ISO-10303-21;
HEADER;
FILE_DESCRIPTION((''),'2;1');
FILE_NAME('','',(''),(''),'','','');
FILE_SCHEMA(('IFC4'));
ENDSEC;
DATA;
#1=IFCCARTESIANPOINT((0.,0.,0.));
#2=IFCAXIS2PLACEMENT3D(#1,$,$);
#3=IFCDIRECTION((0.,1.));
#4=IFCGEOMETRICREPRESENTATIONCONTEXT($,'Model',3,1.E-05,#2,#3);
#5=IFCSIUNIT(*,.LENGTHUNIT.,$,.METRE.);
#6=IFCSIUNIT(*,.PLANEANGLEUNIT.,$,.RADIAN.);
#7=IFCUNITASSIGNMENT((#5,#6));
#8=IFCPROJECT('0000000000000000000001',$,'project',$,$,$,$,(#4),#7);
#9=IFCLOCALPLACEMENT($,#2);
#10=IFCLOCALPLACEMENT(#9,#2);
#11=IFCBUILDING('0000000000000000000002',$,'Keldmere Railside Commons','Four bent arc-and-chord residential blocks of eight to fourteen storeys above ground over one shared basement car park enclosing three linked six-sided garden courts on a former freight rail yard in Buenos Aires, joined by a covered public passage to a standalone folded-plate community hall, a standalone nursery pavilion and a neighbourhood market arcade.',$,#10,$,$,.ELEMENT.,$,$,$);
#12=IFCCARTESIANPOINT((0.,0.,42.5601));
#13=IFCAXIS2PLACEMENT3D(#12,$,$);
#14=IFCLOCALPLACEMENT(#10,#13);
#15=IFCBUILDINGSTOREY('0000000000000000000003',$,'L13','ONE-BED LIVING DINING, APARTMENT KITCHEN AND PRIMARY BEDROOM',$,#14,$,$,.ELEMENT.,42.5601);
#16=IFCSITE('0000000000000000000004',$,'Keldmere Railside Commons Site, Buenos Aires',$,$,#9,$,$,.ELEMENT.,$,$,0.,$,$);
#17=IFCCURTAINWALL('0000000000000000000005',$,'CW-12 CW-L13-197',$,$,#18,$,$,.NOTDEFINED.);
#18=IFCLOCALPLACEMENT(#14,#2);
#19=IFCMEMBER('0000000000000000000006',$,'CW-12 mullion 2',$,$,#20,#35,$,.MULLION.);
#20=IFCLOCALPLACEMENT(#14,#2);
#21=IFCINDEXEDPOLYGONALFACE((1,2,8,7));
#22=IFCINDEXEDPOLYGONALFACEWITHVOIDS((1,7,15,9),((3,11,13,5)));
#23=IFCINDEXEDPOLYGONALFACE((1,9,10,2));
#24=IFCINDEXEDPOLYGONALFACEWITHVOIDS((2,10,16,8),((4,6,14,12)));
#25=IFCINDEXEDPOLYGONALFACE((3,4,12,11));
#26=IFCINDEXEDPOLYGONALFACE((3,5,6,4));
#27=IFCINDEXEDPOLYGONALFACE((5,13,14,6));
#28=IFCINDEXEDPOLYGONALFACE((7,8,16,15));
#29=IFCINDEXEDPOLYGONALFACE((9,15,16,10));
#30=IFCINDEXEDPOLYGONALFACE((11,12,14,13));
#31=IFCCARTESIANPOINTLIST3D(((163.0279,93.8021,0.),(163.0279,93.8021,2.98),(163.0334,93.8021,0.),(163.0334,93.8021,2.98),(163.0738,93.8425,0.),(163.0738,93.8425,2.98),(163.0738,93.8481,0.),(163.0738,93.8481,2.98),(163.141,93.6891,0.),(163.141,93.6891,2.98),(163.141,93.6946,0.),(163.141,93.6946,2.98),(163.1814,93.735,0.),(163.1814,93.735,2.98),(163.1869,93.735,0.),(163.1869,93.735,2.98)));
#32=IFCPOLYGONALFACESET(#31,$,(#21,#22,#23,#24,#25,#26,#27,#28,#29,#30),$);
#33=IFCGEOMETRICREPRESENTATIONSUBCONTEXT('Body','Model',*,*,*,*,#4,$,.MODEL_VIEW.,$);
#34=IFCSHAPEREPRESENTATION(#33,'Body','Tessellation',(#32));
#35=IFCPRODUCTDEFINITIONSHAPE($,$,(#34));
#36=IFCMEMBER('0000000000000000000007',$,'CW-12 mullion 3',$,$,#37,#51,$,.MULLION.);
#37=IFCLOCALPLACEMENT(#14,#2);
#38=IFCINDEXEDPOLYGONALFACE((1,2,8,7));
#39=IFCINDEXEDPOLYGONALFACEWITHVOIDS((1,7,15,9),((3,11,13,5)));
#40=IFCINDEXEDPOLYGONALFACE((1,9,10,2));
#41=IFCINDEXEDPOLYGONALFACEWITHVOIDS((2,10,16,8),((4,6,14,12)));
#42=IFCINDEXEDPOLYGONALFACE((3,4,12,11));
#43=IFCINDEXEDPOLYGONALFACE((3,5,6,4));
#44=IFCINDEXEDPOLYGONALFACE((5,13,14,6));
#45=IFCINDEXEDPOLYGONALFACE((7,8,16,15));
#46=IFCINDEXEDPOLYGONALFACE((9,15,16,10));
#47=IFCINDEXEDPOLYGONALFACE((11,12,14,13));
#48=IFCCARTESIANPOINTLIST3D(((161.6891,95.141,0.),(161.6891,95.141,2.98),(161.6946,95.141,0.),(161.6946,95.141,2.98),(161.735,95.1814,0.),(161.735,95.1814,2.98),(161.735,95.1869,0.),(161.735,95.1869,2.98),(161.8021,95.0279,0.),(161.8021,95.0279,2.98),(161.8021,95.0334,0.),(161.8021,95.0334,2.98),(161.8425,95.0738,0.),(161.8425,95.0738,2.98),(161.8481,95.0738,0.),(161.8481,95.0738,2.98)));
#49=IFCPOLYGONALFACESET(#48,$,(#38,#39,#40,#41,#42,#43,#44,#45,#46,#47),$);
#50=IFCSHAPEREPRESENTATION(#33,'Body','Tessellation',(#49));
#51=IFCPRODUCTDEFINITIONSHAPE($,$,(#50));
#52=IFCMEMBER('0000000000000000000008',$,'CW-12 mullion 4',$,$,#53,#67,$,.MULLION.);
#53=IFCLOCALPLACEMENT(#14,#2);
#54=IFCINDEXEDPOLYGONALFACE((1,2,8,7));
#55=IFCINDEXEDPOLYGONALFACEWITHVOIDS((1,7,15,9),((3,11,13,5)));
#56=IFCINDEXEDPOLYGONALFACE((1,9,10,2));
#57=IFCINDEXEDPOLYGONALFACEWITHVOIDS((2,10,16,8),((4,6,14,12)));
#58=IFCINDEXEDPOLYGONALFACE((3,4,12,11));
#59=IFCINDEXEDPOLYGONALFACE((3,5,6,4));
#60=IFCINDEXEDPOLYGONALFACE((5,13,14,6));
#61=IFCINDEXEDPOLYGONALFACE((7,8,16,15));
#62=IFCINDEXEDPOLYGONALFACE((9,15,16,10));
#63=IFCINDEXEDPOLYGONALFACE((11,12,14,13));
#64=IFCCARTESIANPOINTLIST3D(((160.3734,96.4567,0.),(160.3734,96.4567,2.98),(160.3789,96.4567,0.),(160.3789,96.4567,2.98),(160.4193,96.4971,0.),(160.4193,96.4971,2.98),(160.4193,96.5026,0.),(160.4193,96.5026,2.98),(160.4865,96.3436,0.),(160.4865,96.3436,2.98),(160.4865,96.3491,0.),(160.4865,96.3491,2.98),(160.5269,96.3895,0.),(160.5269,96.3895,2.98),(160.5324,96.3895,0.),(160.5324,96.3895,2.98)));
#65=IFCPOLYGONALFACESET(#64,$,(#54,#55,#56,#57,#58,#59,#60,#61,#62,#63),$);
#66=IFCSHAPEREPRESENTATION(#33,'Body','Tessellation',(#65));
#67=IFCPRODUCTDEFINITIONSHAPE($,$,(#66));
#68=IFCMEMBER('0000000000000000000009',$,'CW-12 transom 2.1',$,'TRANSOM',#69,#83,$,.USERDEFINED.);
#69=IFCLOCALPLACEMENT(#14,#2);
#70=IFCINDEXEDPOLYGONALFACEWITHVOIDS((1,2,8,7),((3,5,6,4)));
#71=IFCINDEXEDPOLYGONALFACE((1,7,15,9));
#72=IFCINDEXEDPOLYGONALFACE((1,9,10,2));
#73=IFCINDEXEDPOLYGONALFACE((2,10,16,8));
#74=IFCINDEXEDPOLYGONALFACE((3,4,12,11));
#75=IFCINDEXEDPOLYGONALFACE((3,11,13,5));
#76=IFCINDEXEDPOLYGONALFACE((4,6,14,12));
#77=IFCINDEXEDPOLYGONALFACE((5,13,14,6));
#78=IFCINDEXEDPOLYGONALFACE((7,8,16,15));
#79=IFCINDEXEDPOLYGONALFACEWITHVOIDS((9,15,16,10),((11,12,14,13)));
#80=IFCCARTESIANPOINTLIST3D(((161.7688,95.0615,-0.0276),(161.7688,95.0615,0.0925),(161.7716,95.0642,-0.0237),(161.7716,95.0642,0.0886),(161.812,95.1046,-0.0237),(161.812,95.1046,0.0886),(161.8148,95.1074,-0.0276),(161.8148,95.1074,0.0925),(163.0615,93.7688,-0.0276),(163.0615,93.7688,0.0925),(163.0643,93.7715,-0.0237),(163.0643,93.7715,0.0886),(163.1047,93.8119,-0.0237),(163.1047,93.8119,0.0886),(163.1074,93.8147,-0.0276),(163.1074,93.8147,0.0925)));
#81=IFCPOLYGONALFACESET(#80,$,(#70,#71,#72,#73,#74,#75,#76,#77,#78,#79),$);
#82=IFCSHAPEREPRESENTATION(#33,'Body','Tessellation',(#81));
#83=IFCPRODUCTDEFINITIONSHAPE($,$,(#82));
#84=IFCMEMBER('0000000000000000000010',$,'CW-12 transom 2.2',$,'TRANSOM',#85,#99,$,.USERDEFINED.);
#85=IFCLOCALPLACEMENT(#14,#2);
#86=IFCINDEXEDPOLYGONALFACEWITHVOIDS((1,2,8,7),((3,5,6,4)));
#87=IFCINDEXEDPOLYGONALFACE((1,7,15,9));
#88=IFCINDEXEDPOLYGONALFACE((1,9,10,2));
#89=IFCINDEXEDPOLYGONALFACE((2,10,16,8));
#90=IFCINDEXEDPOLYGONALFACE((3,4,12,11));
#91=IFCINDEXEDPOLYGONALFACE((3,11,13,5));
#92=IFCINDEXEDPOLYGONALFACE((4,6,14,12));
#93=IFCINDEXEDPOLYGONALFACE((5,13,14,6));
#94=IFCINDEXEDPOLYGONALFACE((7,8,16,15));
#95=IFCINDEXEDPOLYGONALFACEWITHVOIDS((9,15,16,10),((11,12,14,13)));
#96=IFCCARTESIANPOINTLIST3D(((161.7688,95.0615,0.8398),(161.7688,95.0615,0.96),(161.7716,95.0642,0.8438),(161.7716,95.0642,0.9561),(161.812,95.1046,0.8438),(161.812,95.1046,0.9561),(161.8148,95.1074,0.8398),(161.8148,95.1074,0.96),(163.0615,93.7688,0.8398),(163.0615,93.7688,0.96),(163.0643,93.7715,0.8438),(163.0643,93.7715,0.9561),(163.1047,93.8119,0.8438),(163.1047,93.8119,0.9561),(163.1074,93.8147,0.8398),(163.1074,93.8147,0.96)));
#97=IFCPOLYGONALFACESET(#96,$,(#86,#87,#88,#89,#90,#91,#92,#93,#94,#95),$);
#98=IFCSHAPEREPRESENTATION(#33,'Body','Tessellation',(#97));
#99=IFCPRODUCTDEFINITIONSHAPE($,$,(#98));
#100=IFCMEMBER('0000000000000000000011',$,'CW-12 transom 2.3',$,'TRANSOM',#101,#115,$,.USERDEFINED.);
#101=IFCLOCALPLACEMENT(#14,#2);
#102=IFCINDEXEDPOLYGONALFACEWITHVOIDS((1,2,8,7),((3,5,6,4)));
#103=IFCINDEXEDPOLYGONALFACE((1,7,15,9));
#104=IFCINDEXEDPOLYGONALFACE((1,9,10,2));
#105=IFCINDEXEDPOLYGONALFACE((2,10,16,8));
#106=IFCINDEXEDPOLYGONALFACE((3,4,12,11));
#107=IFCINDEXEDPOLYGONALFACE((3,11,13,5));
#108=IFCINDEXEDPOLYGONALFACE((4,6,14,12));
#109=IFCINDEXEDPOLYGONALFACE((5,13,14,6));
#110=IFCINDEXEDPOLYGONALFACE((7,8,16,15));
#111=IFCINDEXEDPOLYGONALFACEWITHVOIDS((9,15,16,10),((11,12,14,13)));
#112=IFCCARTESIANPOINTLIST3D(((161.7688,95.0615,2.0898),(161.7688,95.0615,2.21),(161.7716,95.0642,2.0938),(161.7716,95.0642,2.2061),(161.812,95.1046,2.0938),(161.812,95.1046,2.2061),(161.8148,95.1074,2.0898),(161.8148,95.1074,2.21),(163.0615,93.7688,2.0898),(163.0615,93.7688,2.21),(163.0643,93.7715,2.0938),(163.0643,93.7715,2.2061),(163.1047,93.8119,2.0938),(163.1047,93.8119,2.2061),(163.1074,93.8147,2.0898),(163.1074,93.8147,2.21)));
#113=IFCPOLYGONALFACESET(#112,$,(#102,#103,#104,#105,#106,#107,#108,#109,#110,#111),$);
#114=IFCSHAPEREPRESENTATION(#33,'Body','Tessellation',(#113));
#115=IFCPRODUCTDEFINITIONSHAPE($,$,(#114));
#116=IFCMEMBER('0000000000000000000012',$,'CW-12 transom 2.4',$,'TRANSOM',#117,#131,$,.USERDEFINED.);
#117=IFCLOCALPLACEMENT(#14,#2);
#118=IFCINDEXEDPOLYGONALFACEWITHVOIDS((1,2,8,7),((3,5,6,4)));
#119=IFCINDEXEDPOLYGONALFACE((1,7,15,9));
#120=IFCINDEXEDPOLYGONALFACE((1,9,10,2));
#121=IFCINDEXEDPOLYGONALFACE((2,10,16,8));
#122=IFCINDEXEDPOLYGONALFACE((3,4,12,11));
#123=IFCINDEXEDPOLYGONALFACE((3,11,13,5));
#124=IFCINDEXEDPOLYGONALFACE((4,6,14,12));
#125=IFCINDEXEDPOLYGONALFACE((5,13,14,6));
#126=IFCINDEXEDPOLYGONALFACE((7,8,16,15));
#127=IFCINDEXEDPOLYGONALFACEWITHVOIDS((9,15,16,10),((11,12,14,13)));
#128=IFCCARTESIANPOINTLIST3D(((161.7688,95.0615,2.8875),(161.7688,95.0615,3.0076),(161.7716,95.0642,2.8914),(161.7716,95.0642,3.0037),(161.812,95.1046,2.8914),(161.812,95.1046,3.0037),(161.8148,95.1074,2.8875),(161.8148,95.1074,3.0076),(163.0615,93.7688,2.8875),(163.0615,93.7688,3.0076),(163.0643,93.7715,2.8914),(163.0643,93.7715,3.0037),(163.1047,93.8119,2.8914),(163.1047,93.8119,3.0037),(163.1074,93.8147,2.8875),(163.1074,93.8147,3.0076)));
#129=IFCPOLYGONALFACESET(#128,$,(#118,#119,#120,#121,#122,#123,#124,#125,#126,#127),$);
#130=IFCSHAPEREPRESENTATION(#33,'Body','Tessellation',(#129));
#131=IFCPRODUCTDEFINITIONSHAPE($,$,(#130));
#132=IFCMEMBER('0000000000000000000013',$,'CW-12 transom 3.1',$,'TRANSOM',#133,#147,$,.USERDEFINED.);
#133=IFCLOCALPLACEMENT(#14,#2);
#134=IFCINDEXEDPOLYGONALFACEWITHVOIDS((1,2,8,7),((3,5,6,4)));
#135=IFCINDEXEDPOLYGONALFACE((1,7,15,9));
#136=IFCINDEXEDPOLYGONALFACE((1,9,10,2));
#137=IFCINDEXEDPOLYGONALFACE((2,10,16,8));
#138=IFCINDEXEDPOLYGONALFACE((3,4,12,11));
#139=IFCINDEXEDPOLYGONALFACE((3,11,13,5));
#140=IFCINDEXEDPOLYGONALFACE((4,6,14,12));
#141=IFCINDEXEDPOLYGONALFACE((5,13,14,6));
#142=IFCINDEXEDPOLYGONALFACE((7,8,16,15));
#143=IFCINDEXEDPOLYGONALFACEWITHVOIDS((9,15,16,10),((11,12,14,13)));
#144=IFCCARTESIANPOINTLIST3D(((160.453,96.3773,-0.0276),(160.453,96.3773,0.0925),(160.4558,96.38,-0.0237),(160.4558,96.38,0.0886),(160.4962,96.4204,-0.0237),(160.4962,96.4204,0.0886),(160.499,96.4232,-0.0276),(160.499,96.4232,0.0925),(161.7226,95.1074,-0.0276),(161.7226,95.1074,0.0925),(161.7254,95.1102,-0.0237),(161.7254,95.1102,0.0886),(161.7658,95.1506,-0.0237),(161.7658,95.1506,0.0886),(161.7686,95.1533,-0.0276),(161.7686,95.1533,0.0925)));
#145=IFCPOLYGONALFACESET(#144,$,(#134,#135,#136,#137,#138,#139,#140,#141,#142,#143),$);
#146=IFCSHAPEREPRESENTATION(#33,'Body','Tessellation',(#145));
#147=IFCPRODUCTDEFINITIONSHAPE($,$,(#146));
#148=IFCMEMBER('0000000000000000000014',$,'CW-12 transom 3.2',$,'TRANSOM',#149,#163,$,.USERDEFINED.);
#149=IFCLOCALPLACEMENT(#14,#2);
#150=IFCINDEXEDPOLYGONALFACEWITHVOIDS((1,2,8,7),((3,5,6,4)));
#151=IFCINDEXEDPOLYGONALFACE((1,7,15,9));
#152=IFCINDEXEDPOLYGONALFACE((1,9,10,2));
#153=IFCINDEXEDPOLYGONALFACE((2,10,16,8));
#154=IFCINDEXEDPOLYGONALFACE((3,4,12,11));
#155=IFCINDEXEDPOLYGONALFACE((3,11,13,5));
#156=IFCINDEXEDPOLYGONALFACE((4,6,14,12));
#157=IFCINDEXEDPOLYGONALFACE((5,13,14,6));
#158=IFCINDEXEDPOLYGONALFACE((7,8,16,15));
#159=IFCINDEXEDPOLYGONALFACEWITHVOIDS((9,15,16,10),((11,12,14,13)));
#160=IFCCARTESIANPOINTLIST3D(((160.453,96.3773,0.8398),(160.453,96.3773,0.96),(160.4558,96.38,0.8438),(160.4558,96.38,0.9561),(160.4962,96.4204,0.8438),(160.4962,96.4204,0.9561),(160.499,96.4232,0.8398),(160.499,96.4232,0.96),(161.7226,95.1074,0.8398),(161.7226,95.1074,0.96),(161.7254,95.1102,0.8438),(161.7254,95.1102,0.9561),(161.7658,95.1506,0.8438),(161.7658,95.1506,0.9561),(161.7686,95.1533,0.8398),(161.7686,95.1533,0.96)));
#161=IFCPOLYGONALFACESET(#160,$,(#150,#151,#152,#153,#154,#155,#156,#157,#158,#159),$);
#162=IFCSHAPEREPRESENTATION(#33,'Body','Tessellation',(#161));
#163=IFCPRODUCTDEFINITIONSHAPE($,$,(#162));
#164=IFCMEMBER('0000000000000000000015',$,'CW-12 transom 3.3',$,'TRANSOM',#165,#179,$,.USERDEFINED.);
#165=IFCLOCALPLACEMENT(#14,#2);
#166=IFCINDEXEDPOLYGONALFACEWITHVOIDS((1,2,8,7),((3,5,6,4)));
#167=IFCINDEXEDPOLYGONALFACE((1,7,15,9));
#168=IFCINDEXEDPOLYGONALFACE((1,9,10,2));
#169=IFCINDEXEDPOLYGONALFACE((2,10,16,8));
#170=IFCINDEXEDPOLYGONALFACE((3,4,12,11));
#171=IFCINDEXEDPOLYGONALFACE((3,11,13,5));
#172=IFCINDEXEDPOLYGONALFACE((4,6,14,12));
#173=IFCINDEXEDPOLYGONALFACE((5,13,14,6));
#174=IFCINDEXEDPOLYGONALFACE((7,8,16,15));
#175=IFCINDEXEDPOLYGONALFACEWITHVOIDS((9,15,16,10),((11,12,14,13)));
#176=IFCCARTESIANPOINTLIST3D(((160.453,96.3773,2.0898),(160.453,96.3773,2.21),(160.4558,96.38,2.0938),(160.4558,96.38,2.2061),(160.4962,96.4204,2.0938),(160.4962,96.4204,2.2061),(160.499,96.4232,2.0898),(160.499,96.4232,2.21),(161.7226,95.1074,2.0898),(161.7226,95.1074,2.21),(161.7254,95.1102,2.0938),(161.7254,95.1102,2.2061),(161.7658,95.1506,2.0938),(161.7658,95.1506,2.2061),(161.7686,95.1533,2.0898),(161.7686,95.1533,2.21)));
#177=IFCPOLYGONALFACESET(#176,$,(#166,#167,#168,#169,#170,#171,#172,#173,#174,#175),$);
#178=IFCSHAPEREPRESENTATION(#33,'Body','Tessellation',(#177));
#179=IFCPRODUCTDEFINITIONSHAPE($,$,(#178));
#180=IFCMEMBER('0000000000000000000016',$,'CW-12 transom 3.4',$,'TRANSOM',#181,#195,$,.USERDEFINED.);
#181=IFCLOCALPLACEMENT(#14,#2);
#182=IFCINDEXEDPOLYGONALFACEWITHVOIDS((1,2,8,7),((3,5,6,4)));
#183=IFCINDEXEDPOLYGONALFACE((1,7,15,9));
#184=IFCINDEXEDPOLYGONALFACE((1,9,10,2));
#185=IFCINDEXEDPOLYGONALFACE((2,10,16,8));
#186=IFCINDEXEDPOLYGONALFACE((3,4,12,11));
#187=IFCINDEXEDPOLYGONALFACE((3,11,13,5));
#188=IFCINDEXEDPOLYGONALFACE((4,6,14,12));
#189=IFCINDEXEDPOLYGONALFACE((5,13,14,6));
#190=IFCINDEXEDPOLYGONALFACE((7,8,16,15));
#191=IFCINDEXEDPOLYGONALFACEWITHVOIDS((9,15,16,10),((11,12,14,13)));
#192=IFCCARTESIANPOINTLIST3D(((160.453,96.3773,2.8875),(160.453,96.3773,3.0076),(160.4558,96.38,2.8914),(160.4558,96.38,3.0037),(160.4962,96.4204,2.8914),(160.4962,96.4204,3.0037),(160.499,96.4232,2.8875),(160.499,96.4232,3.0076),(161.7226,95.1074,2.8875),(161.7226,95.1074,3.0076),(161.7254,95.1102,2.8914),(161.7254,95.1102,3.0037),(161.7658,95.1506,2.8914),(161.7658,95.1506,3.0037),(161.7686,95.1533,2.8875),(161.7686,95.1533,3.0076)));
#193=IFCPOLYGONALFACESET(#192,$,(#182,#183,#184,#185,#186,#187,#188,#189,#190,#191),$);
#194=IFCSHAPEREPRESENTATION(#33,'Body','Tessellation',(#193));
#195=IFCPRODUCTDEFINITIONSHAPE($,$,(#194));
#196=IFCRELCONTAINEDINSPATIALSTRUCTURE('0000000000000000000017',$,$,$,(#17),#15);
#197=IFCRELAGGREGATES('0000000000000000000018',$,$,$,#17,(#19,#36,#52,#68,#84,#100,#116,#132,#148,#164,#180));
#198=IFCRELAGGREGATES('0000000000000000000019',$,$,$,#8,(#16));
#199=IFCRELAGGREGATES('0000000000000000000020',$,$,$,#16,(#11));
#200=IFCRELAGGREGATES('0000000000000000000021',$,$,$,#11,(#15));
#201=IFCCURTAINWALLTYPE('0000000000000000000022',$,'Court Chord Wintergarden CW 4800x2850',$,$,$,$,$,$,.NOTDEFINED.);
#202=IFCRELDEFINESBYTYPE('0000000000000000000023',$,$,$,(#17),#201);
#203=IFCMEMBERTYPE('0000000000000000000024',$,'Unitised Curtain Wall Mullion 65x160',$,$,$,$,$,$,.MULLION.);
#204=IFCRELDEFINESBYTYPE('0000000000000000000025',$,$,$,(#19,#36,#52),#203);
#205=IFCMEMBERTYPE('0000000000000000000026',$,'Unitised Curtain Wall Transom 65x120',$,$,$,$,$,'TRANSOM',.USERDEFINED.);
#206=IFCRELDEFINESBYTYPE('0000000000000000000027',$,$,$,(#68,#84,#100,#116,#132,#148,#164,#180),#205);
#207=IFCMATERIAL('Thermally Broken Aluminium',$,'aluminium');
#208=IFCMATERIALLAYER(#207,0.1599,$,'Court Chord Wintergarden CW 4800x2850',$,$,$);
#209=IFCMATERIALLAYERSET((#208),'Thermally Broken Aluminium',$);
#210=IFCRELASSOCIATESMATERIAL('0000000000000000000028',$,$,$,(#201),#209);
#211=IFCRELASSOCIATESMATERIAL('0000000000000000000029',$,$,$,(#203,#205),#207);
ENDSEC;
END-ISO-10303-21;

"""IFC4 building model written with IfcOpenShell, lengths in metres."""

from ifc_helpers import new_model, si_unit, direction, frame, origin, origin_2d, place, context, subcontext, project, spatial, hollow_rectangle, extrude, material, layer, layer_set, material_profile, profile_set, type_object, element, aggregate, save


model = new_model("IFC4")

# Units and contexts
model_context = context("Model", 3, precision=1e-05, world=origin(), true_north=direction((0.0, 1.0)))
body_context = subcontext(model_context, "Body", "Model", "MODEL_VIEW")
ifc_project = project(units=[si_unit("LENGTHUNIT", "METRE"), si_unit("PLANEANGLEUNIT", "RADIAN")], contexts=[model_context])

# Site, building, storey
site_placement = place(None, origin())
site = spatial("IfcSite", under=ifc_project, at=site_placement, Name="Keldmere Railside Commons Site, Buenos Aires", CompositionType="ELEMENT", RefElevation=0.0)
building_placement = place(site_placement, origin())
building = spatial("IfcBuilding", under=site, at=building_placement, Name="Keldmere Railside Commons", Description="Four bent arc-and-chord residential blocks of eight to fourteen storeys above ground over one shared basement car park enclosing three linked six-sided garden courts on a former freight rail yard in Buenos Aires, joined by a covered public passage to a standalone folded-plate community hall, a standalone nursery pavilion and a neighbourhood market arcade.", CompositionType="ELEMENT")
storey_placement = place(building_placement, frame((0.0, 0.0, 42.5601)))
storey = spatial("IfcBuildingStorey", under=building, at=storey_placement, Name="L13", Description="ONE-BED LIVING DINING, APARTMENT KITCHEN AND PRIMARY BEDROOM", CompositionType="ELEMENT", Elevation=42.5601)

# Curtain wall, members
ifc_material_1 = material(Name="Thermally Broken Aluminium", Category="aluminium")
ifc_layer_1 = layer(ifc_material_1, 0.1599, Name="Court Chord Wintergarden CW 4800x2850")
ifc_layer_set_1 = layer_set([ifc_layer_1], Name="Thermally Broken Aluminium")
curtain_wall_type = type_object("IfcCurtainWallType", Name="Court Chord Wintergarden CW 4800x2850", PredefinedType="NOTDEFINED", material=ifc_layer_set_1)
curtain_wall_placement = place(storey_placement, origin())
curtain_wall = element("IfcCurtainWall", 1, at=curtain_wall_placement, inside=storey, type_object=curtain_wall_type, Name="CW-12 CW-L13-197", PredefinedType="NOTDEFINED")
ifc_material_profile_1 = material_profile(ifc_material_1, hollow_rectangle(XDim=0.0649, YDim=0.1599, WallThickness=0.0039, at=origin_2d()), Name="ALU-MULL-65x160")
ifc_profile_set_1 = profile_set([ifc_material_profile_1], Name="Thermally Broken Aluminium")
member_type_1 = type_object("IfcMemberType", Name="Unitised Curtain Wall Mullion 65x160", PredefinedType="MULLION", material=ifc_profile_set_1)
member_1_placement = place(storey_placement, frame((163.1074, 93.7686, 0.0), z_axis=(0.0, 0.0, 1.0), x_axis=(-0.707107, -0.707107, 0.0)))
member_1 = element("IfcMember", 2, at=member_1_placement, type_object=member_type_1, Name="CW-12 mullion 2", PredefinedType="MULLION", context=body_context, shape_type="SweptSolid", body=[
    extrude(hollow_rectangle(XDim=0.0649, YDim=0.1599, WallThickness=0.0039, at=origin_2d()), origin(), (0.0, 0.0, 1.0), 2.98),
])
member_2_placement = place(storey_placement, frame((161.7686, 95.1074, 0.0), z_axis=(0.0, 0.0, 1.0), x_axis=(-0.707107, -0.707107, 0.0)))
member_2 = element("IfcMember", 3, at=member_2_placement, type_object=member_type_1, Name="CW-12 mullion 3", PredefinedType="MULLION", context=body_context, shape_type="SweptSolid", body=[
    extrude(hollow_rectangle(XDim=0.0649, YDim=0.1599, WallThickness=0.0039, at=origin_2d()), origin(), (0.0, 0.0, 1.0), 2.98),
])
member_3_placement = place(storey_placement, frame((160.4529, 96.4231, 0.0), z_axis=(0.0, 0.0, 1.0), x_axis=(-0.707107, -0.707107, 0.0)))
member_3 = element("IfcMember", 4, at=member_3_placement, type_object=member_type_1, Name="CW-12 mullion 4", PredefinedType="MULLION", context=body_context, shape_type="SweptSolid", body=[
    extrude(hollow_rectangle(XDim=0.0649, YDim=0.1599, WallThickness=0.0039, at=origin_2d()), origin(), (0.0, 0.0, 1.0), 2.98),
])
ifc_material_profile_2 = material_profile(ifc_material_1, hollow_rectangle(XDim=0.0649, YDim=0.1201, WallThickness=0.0039, at=origin_2d()), Name="ALU-TRAN-65x120")
ifc_profile_set_2 = profile_set([ifc_material_profile_2], Name="Thermally Broken Aluminium")
member_type_2 = type_object("IfcMemberType", Name="Unitised Curtain Wall Transom 65x120", ElementType="TRANSOM", PredefinedType="USERDEFINED", material=ifc_profile_set_2)
member_4_placement = place(storey_placement, frame((163.0845, 93.7917, 0.0325), z_axis=(-0.707107, 0.707107, 0.0), x_axis=(-0.707107, -0.707107, 0.0)))
member_4 = element("IfcMember", 5, at=member_4_placement, type_object=member_type_2, Name="CW-12 transom 2.1", ObjectType="TRANSOM", PredefinedType="USERDEFINED", context=body_context, shape_type="SweptSolid", body=[
    extrude(hollow_rectangle(XDim=0.0649, YDim=0.1201, WallThickness=0.0039, at=origin_2d()), origin(), (0.0, 0.0, 1.0), 1.8281),
])
member_5_placement = place(storey_placement, frame((163.0845, 93.7917, 0.8999), z_axis=(-0.707107, 0.707107, 0.0), x_axis=(-0.707107, -0.707107, 0.0)))
member_5 = element("IfcMember", 6, at=member_5_placement, type_object=member_type_2, Name="CW-12 transom 2.2", ObjectType="TRANSOM", PredefinedType="USERDEFINED", context=body_context, shape_type="SweptSolid", body=[
    extrude(hollow_rectangle(XDim=0.0649, YDim=0.1201, WallThickness=0.0039, at=origin_2d()), origin(), (0.0, 0.0, 1.0), 1.8281),
])
member_6_placement = place(storey_placement, frame((163.0845, 93.7917, 2.1499), z_axis=(-0.707107, 0.707107, 0.0), x_axis=(-0.707107, -0.707107, 0.0)))
member_6 = element("IfcMember", 7, at=member_6_placement, type_object=member_type_2, Name="CW-12 transom 2.3", ObjectType="TRANSOM", PredefinedType="USERDEFINED", context=body_context, shape_type="SweptSolid", body=[
    extrude(hollow_rectangle(XDim=0.0649, YDim=0.1201, WallThickness=0.0039, at=origin_2d()), origin(), (0.0, 0.0, 1.0), 1.8281),
])
member_7_placement = place(storey_placement, frame((163.0845, 93.7917, 2.9475), z_axis=(-0.707107, 0.707107, 0.0), x_axis=(-0.707107, -0.707107, 0.0)))
member_7 = element("IfcMember", 8, at=member_7_placement, type_object=member_type_2, Name="CW-12 transom 2.4", ObjectType="TRANSOM", PredefinedType="USERDEFINED", context=body_context, shape_type="SweptSolid", body=[
    extrude(hollow_rectangle(XDim=0.0649, YDim=0.1201, WallThickness=0.0039, at=origin_2d()), origin(), (0.0, 0.0, 1.0), 1.8281),
])
member_8_placement = place(storey_placement, frame((161.7456, 95.1304, 0.0325), z_axis=(-0.707039, 0.707175, 0.0), x_axis=(-0.707175, -0.707039, 0.0)))
member_8 = element("IfcMember", 9, at=member_8_placement, type_object=member_type_2, Name="CW-12 transom 3.1", ObjectType="TRANSOM", PredefinedType="USERDEFINED", context=body_context, shape_type="SweptSolid", body=[
    extrude(hollow_rectangle(XDim=0.0649, YDim=0.1201, WallThickness=0.0039, at=origin_2d()), origin(), (0.0, 0.0, 1.0), 1.7957),
])
member_9_placement = place(storey_placement, frame((161.7456, 95.1304, 0.8999), z_axis=(-0.707039, 0.707175, 0.0), x_axis=(-0.707175, -0.707039, 0.0)))
member_9 = element("IfcMember", 10, at=member_9_placement, type_object=member_type_2, Name="CW-12 transom 3.2", ObjectType="TRANSOM", PredefinedType="USERDEFINED", context=body_context, shape_type="SweptSolid", body=[
    extrude(hollow_rectangle(XDim=0.0649, YDim=0.1201, WallThickness=0.0039, at=origin_2d()), origin(), (0.0, 0.0, 1.0), 1.7957),
])
member_10_placement = place(storey_placement, frame((161.7456, 95.1304, 2.1499), z_axis=(-0.707039, 0.707175, 0.0), x_axis=(-0.707175, -0.707039, 0.0)))
member_10 = element("IfcMember", 11, at=member_10_placement, type_object=member_type_2, Name="CW-12 transom 3.3", ObjectType="TRANSOM", PredefinedType="USERDEFINED", context=body_context, shape_type="SweptSolid", body=[
    extrude(hollow_rectangle(XDim=0.0649, YDim=0.1201, WallThickness=0.0039, at=origin_2d()), origin(), (0.0, 0.0, 1.0), 1.7957),
])
member_11_placement = place(storey_placement, frame((161.7456, 95.1304, 2.9475), z_axis=(-0.707039, 0.707175, 0.0), x_axis=(-0.707175, -0.707039, 0.0)))
member_11 = element("IfcMember", 12, at=member_11_placement, type_object=member_type_2, Name="CW-12 transom 3.4", ObjectType="TRANSOM", PredefinedType="USERDEFINED", context=body_context, shape_type="SweptSolid", body=[
    extrude(hollow_rectangle(XDim=0.0649, YDim=0.1201, WallThickness=0.0039, at=origin_2d()), origin(), (0.0, 0.0, 1.0), 1.7957),
])
aggregate(curtain_wall, [member_1, member_2, member_3, member_4, member_5, member_6, member_7, member_8, member_9, member_10, member_11])

save(model, "model.ifc")
